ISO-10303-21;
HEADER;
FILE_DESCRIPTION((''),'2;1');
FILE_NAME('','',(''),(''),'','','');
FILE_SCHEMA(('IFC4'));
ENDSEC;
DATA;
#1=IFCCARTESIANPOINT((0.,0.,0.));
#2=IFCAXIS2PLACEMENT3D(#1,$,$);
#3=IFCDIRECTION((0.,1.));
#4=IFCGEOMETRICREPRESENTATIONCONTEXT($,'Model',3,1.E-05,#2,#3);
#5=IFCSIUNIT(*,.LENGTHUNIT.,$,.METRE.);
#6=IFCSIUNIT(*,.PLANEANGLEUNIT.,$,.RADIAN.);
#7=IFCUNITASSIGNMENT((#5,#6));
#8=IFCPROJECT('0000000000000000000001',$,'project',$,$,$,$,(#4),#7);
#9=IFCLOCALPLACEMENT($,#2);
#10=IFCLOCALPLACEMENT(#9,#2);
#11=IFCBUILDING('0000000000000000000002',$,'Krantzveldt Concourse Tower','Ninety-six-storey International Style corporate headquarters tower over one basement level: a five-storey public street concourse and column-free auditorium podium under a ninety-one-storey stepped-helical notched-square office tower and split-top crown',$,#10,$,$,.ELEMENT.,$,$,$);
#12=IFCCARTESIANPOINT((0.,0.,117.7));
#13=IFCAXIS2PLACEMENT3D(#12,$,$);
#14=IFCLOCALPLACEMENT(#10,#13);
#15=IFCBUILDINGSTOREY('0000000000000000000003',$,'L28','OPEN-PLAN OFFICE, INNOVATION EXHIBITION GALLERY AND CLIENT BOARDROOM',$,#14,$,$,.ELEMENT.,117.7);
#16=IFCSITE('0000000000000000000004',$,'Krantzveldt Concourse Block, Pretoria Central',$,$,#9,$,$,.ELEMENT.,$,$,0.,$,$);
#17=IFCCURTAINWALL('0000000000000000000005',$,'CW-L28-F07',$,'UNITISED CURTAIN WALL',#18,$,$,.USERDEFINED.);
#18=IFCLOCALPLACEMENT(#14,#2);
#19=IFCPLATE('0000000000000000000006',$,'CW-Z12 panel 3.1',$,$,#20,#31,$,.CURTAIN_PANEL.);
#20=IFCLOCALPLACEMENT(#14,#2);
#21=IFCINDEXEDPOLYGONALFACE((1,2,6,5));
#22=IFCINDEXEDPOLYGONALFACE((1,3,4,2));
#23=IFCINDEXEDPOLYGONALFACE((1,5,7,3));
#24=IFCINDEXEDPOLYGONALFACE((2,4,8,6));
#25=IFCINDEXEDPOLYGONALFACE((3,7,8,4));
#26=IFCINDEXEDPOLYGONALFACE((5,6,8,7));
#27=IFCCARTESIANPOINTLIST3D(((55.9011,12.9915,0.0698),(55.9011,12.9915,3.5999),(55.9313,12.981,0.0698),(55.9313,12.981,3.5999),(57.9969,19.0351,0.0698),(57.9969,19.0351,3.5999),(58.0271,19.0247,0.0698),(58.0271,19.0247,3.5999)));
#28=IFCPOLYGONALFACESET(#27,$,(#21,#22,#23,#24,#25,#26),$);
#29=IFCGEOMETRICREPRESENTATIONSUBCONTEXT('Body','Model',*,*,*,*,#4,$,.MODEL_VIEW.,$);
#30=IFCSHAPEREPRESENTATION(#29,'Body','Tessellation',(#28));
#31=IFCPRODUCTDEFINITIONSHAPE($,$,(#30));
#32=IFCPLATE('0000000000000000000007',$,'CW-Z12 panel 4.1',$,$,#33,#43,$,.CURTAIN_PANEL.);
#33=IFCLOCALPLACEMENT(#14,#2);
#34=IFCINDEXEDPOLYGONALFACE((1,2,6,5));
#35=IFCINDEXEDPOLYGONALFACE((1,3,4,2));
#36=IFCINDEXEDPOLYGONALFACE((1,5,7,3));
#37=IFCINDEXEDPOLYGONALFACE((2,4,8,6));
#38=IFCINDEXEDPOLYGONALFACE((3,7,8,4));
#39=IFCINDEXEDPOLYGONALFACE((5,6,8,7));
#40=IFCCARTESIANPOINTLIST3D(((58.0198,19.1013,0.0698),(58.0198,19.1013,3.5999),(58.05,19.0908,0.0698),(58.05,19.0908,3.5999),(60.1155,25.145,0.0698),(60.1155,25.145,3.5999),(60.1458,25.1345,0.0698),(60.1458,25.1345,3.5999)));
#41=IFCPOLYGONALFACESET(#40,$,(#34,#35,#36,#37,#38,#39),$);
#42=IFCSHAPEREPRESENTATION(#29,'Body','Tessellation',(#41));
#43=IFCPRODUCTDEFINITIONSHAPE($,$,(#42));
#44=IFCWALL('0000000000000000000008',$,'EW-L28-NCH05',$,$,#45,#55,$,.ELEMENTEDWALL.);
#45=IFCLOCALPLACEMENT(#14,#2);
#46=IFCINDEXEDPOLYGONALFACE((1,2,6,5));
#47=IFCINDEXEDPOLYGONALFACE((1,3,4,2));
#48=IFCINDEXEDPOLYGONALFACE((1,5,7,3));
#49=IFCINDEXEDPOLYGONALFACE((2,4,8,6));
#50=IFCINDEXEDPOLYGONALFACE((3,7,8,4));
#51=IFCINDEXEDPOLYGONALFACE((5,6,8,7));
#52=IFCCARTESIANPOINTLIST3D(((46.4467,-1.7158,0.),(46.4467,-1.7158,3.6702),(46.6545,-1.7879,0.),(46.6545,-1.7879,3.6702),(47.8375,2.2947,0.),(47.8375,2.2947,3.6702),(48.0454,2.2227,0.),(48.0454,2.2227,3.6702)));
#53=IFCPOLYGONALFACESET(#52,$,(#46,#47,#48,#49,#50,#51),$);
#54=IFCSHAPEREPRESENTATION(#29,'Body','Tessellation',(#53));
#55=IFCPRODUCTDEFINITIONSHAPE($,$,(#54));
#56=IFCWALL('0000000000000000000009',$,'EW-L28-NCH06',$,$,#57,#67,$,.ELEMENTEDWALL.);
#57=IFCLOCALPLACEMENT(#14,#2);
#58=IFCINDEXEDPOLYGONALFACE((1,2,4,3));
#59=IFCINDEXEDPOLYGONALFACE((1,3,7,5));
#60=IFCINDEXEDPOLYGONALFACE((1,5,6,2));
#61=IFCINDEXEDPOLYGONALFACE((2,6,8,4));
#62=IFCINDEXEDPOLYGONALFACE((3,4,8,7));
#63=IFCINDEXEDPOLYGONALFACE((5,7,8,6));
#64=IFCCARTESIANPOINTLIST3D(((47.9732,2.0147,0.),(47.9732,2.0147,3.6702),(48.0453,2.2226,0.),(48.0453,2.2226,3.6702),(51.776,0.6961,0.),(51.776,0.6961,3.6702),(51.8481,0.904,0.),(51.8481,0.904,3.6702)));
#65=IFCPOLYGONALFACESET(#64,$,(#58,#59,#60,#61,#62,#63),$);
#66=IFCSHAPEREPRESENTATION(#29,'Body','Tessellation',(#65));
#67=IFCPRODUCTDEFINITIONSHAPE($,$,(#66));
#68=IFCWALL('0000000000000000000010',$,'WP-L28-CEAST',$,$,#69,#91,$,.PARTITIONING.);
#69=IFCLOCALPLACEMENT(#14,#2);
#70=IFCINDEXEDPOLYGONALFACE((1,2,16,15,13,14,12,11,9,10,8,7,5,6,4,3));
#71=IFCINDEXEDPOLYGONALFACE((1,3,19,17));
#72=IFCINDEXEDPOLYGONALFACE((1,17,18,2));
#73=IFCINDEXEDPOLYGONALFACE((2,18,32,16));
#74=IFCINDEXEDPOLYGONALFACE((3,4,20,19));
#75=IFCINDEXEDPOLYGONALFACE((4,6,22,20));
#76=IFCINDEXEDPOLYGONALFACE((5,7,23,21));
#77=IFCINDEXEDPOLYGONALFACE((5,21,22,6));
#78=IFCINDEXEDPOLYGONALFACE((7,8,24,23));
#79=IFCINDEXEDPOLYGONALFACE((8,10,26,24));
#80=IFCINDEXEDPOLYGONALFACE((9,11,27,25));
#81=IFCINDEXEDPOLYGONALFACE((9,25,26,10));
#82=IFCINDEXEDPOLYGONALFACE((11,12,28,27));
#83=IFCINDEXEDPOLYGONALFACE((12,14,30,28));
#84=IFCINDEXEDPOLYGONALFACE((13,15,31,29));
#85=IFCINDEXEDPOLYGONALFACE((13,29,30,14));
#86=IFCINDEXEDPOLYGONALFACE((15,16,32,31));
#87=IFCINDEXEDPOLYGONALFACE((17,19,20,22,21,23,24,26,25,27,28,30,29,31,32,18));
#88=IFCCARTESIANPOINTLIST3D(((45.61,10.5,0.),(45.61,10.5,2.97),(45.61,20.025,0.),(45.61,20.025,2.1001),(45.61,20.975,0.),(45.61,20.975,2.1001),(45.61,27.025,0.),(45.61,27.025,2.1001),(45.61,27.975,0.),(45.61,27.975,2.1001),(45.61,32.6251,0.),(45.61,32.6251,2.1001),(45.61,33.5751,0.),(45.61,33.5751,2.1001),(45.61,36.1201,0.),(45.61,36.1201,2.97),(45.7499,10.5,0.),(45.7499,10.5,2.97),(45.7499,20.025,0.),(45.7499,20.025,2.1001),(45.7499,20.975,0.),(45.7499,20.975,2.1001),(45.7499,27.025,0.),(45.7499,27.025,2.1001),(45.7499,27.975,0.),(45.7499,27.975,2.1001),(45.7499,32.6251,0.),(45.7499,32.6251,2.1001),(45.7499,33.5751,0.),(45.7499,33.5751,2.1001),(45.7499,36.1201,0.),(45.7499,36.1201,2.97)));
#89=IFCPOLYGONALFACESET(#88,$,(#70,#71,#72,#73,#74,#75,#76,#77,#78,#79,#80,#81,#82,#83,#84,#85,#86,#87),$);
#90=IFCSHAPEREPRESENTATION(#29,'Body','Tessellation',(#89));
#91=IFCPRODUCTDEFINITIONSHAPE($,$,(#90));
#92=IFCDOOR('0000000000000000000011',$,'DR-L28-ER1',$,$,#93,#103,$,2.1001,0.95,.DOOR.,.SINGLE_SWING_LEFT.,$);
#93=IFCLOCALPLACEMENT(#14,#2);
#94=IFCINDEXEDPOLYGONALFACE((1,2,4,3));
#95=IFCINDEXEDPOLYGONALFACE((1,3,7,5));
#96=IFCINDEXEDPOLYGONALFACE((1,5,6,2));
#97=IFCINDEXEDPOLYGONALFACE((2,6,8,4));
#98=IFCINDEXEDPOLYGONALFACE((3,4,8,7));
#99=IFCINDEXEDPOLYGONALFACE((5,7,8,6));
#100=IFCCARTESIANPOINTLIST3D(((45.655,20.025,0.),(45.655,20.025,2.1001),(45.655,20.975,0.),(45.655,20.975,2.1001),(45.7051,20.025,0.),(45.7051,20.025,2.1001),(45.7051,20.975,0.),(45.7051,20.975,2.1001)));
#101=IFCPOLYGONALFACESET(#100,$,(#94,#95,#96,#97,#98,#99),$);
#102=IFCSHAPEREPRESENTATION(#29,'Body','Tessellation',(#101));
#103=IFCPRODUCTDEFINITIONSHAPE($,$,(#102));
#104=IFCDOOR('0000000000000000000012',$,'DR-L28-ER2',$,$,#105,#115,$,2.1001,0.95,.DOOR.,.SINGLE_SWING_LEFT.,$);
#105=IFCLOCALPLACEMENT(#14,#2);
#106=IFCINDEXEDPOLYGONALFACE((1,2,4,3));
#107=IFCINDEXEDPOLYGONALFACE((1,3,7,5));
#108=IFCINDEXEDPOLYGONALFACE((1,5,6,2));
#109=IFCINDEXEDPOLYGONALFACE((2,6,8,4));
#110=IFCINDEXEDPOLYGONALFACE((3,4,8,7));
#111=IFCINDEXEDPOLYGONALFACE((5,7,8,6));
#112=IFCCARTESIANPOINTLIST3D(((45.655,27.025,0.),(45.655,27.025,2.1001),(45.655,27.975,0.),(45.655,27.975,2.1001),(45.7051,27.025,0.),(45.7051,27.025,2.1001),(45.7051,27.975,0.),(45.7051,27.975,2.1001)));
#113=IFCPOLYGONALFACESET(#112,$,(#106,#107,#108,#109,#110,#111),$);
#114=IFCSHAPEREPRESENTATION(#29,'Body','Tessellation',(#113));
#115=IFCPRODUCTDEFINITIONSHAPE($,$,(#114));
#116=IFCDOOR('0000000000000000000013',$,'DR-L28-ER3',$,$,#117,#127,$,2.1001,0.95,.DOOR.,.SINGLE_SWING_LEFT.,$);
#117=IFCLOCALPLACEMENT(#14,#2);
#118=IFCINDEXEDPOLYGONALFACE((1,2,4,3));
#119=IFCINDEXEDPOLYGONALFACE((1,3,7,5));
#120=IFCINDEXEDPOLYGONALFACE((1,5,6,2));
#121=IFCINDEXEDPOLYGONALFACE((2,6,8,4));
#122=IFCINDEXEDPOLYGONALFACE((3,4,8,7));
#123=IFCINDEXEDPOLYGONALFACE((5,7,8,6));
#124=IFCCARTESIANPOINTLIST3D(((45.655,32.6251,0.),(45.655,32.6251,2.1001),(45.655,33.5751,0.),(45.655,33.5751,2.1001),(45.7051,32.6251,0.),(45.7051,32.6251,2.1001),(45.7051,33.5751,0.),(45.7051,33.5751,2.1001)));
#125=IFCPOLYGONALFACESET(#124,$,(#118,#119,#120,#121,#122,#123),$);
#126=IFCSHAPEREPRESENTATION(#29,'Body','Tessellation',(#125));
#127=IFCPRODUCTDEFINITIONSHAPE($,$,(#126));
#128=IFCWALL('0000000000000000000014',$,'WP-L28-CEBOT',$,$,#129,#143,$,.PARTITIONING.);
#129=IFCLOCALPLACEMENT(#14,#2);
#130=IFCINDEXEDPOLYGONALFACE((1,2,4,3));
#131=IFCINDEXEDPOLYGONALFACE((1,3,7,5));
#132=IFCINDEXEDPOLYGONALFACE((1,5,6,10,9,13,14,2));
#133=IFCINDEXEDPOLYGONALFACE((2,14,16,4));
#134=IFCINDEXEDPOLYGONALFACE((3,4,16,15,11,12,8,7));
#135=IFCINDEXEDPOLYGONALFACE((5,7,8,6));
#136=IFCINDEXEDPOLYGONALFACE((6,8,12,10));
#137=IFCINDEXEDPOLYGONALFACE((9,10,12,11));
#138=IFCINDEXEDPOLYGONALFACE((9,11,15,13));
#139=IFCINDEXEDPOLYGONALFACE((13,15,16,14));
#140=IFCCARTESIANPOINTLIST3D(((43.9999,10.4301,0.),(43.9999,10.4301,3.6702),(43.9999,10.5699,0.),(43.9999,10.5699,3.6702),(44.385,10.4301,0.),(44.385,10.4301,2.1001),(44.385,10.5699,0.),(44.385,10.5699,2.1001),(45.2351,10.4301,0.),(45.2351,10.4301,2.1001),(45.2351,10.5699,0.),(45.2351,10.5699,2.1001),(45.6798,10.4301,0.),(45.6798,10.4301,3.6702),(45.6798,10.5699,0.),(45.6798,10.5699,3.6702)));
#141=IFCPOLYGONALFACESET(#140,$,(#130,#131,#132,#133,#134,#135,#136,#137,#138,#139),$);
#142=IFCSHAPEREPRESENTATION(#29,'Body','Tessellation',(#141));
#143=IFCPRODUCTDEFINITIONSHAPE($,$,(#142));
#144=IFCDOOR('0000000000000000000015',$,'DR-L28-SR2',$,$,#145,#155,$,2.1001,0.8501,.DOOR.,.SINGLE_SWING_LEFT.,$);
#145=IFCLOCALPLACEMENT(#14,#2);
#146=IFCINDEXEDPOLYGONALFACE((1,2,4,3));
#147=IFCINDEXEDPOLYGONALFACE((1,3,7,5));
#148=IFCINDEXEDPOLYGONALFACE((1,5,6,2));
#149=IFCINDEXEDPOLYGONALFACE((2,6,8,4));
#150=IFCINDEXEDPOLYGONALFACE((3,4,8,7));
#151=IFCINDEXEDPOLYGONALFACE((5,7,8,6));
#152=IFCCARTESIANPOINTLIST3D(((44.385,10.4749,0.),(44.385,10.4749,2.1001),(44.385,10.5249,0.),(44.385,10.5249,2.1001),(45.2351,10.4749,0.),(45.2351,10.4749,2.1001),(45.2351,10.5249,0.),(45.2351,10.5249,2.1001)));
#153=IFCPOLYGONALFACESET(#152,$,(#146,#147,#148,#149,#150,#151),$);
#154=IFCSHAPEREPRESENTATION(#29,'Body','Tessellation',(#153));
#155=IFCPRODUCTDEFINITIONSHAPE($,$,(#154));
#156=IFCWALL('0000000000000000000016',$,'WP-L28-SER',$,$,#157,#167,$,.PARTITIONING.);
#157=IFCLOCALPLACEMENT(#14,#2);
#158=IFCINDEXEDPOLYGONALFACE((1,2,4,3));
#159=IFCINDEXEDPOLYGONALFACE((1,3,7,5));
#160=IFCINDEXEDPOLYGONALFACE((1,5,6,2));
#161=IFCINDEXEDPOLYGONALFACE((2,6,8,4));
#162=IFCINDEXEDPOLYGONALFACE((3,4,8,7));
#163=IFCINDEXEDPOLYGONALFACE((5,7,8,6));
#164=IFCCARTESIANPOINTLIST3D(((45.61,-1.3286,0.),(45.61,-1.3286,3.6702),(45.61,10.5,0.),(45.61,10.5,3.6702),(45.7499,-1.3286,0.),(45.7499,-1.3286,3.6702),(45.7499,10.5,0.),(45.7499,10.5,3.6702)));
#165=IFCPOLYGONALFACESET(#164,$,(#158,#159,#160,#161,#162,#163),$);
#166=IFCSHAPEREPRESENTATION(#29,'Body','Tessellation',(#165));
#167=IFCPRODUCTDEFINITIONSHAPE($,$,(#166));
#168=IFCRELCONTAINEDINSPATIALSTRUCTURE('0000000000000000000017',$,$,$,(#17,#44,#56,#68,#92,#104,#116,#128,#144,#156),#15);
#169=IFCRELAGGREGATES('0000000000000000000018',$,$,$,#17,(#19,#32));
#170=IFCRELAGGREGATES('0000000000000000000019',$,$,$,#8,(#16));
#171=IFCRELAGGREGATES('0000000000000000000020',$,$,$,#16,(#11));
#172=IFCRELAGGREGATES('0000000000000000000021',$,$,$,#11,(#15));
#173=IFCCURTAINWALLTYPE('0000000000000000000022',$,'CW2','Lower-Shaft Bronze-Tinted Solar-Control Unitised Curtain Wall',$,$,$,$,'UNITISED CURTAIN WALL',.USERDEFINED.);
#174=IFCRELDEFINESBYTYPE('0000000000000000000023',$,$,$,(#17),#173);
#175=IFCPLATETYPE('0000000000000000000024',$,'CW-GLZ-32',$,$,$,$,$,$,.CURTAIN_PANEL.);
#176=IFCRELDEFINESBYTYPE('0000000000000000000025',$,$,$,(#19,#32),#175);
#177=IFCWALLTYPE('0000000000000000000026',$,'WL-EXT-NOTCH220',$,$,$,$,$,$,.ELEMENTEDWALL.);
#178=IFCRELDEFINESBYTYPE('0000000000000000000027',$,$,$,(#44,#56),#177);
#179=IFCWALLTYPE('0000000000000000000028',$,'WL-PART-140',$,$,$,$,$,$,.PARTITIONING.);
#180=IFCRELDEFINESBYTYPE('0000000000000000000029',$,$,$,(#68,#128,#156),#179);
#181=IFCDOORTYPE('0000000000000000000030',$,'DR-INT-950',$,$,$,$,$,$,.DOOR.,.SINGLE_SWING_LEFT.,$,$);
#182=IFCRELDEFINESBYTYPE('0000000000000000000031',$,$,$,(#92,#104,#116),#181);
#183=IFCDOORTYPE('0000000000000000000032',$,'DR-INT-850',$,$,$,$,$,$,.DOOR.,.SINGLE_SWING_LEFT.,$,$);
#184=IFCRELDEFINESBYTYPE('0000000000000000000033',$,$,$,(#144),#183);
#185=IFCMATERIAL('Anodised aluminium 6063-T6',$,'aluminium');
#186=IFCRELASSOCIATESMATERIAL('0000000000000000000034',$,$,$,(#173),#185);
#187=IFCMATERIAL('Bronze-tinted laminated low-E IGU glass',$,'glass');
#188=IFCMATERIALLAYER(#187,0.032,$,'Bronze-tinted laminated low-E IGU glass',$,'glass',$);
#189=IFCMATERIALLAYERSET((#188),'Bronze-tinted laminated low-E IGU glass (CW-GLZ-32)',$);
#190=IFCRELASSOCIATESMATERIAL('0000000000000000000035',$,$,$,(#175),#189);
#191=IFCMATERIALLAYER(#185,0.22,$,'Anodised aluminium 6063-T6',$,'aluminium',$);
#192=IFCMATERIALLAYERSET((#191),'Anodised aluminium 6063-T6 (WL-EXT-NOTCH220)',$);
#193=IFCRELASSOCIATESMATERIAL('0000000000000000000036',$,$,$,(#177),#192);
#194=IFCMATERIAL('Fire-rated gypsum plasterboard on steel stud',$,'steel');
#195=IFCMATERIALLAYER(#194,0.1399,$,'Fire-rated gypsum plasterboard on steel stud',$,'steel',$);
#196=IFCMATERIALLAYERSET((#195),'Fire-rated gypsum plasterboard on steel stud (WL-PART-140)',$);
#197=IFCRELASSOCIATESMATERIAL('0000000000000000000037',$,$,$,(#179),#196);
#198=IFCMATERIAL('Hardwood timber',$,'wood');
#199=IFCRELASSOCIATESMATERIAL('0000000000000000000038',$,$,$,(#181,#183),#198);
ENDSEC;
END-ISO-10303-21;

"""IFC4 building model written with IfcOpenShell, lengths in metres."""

from ifc_helpers import new_model, si_unit, direction, frame, frame_2d, origin, origin_2d, place, context, subcontext, project, spatial, rectangle, extrude, source, transform, mapped, material, layer, layer_set, type_object, element, fill, aggregate, save


model = new_model("IFC4")

# Units and contexts
model_context = context("Model", 3, precision=1e-05, world=origin(), true_north=direction((0.0, 1.0)))
body_context = subcontext(model_context, "Body", "Model", "MODEL_VIEW")
ifc_project = project(units=[si_unit("LENGTHUNIT", "METRE"), si_unit("PLANEANGLEUNIT", "RADIAN")], contexts=[model_context])

# Site, building, storey
site_placement = place(None, origin())
site = spatial("IfcSite", under=ifc_project, at=site_placement, Name="Krantzveldt Concourse Block, Pretoria Central", CompositionType="ELEMENT", RefElevation=0.0)
building_placement = place(site_placement, origin())
building = spatial("IfcBuilding", under=site, at=building_placement, Name="Krantzveldt Concourse Tower", Description="Ninety-six-storey International Style corporate headquarters tower over one basement level: a five-storey public street concourse and column-free auditorium podium under a ninety-one-storey stepped-helical notched-square office tower and split-top crown", CompositionType="ELEMENT")
storey_placement = place(building_placement, frame((0.0, 0.0, 117.7)))
storey = spatial("IfcBuildingStorey", under=building, at=storey_placement, Name="L28", Description="OPEN-PLAN OFFICE, INNOVATION EXHIBITION GALLERY AND CLIENT BOARDROOM", CompositionType="ELEMENT", Elevation=117.7)

# Shared definitions
ifc_material_1 = material(Name="Anodised aluminium 6063-T6", Category="aluminium")
curtain_wall_type = type_object("IfcCurtainWallType", Name="CW2", Description="Lower-Shaft Bronze-Tinted Solar-Control Unitised Curtain Wall", ElementType="UNITISED CURTAIN WALL", PredefinedType="USERDEFINED", material=ifc_material_1)

# Curtain wall
curtain_wall_1_placement = place(storey_placement, origin())
curtain_wall_1 = element("IfcCurtainWall", 1, at=curtain_wall_1_placement, inside=storey, type_object=curtain_wall_type, Name="CW-L28-F07", ObjectType="UNITISED CURTAIN WALL", PredefinedType="USERDEFINED")

# Plates
ifc_material_2 = material(Name="Bronze-tinted laminated low-E IGU glass", Category="glass")
ifc_layer_1 = layer(ifc_material_2, 0.032, Name="Bronze-tinted laminated low-E IGU glass", Category="glass")
ifc_layer_set_1 = layer_set([ifc_layer_1], Name="Bronze-tinted laminated low-E IGU glass (CW-GLZ-32)")
plate_type = type_object("IfcPlateType", Name="CW-GLZ-32", PredefinedType="CURTAIN_PANEL", material=ifc_layer_set_1)
shared_shape_1 = source(origin(), body_context, "Body", "SweptSolid", [
    extrude(rectangle(XDim=6.3967, YDim=0.032, at=origin_2d()), origin(), (0.0, 0.0, 1.0), 3.53),
])
plate_1_placement = place(storey_placement, frame((56.9641, 16.0081, 0.0698), z_axis=(0.0, 0.0, 1.0), x_axis=(0.32763, 0.944806, 0.0)))
plate_1 = element("IfcPlate", 2, at=plate_1_placement, type_object=plate_type, Name="CW-Z12 panel 3.1", PredefinedType="CURTAIN_PANEL", context=body_context, shape_type="MappedRepresentation", body=[
    mapped(shared_shape_1, transform((0.0, 0.0, 0.0), x_axis=(1.0, 0.0, 0.0), y_axis=(0.0, 1.0, 0.0), z_axis=(0.0, 0.0, 1.0), scale=1.0)),
])
plate_2_placement = place(storey_placement, frame((59.0828, 22.1179, 0.0698), z_axis=(0.0, 0.0, 1.0), x_axis=(0.32763, 0.944806, 0.0)))
plate_2 = element("IfcPlate", 3, at=plate_2_placement, type_object=plate_type, Name="CW-Z12 panel 4.1", PredefinedType="CURTAIN_PANEL", context=body_context, shape_type="MappedRepresentation", body=[
    mapped(shared_shape_1, transform((0.0, 0.0, 0.0), x_axis=(1.0, 0.0, 0.0), y_axis=(0.0, 1.0, 0.0), z_axis=(0.0, 0.0, 1.0), scale=1.0)),
])
aggregate(curtain_wall_1, [plate_1, plate_2])

# Walls
ifc_layer_2 = layer(ifc_material_1, 0.22, Name="Anodised aluminium 6063-T6", Category="aluminium")
ifc_layer_set_2 = layer_set([ifc_layer_2], Name="Anodised aluminium 6063-T6 (WL-EXT-NOTCH220)")
wall_type_1 = type_object("IfcWallType", Name="WL-EXT-NOTCH220", PredefinedType="ELEMENTEDWALL", material=ifc_layer_set_2)
wall_1_placement = place(storey_placement, frame((46.5505, -1.752, 0.0), z_axis=(0.0, 0.0, 1.0), x_axis=(0.327662, 0.944795, 0.0)))
element("IfcWall", 4, at=wall_1_placement, inside=storey, type_object=wall_type_1, Name="EW-L28-NCH05", PredefinedType="ELEMENTEDWALL", context=body_context, shape_type="SweptSolid", body=[
    extrude(rectangle(XDim=4.2449, YDim=0.22, at=frame_2d((2.1226, 0.0))), origin(), (0.0, 0.0, 1.0), 3.6702),
])
wall_2_placement = place(storey_placement, frame((48.0093, 2.1187, 0.0), z_axis=(0.0, 0.0, 1.0), x_axis=(0.944811, -0.327615, 0.0)))
element("IfcWall", 5, at=wall_2_placement, inside=storey, type_object=wall_type_1, Name="EW-L28-NCH06", PredefinedType="ELEMENTEDWALL", context=body_context, shape_type="SweptSolid", body=[
    extrude(rectangle(XDim=4.0249, YDim=0.22, at=frame_2d((2.0125, 0.0))), origin(), (0.0, 0.0, 1.0), 3.6702),
])

# Wall, openings, doors
ifc_material_3 = material(Name="Fire-rated gypsum plasterboard on steel stud", Category="steel")
ifc_layer_3 = layer(ifc_material_3, 0.1399, Name="Fire-rated gypsum plasterboard on steel stud", Category="steel")
ifc_layer_set_3 = layer_set([ifc_layer_3], Name="Fire-rated gypsum plasterboard on steel stud (WL-PART-140)")
wall_type_2 = type_object("IfcWallType", Name="WL-PART-140", PredefinedType="PARTITIONING", material=ifc_layer_set_3)
wall_3_placement = place(storey_placement, frame((45.6799, 10.5, 0.0), z_axis=(0.0, 0.0, 1.0), x_axis=(0.0, 1.0, 0.0)))
wall_3 = element("IfcWall", 6, at=wall_3_placement, inside=storey, type_object=wall_type_2, Name="WP-L28-CEAST", PredefinedType="PARTITIONING", context=body_context, shape_type="SweptSolid", body=[
    extrude(rectangle(XDim=25.6201, YDim=0.1399, at=frame_2d((12.8101, 0.0))), origin(), (0.0, 0.0, 1.0), 2.97),
])
opening_1_placement = place(wall_3_placement, frame((9.5249, 0.0, 0.0)))
opening_1 = element("IfcOpeningElement", 7, at=opening_1_placement, cuts=wall_3, PredefinedType="OPENING", context=body_context, shape_type="SweptSolid", body=[
    extrude(rectangle(XDim=0.95, YDim=2.1001, at=frame_2d((0.4751, 1.05))), frame((0.0, 0.0801, 0.0), z_axis=(0.0, -1.0, 0.0), x_axis=(1.0, 0.0, 0.0)), (0.0, 0.0, 1.0), 0.1599),
])
opening_2_placement = place(wall_3_placement, frame((16.5249, 0.0, 0.0)))
opening_2 = element("IfcOpeningElement", 8, at=opening_2_placement, cuts=wall_3, PredefinedType="OPENING", context=body_context, shape_type="SweptSolid", body=[
    extrude(rectangle(XDim=0.95, YDim=2.1001, at=frame_2d((0.4751, 1.05))), frame((0.0, 0.0801, 0.0), z_axis=(0.0, -1.0, 0.0), x_axis=(1.0, 0.0, 0.0)), (0.0, 0.0, 1.0), 0.1599),
])
opening_3_placement = place(wall_3_placement, frame((22.125, 0.0, 0.0)))
opening_3 = element("IfcOpeningElement", 9, at=opening_3_placement, cuts=wall_3, PredefinedType="OPENING", context=body_context, shape_type="SweptSolid", body=[
    extrude(rectangle(XDim=0.95, YDim=2.1001, at=frame_2d((0.4751, 1.05))), frame((0.0, 0.0801, 0.0), z_axis=(0.0, -1.0, 0.0), x_axis=(1.0, 0.0, 0.0)), (0.0, 0.0, 1.0), 0.1599),
])
ifc_material_4 = material(Name="Hardwood timber", Category="wood")
door_type_1 = type_object("IfcDoorType", Name="DR-INT-950", OperationType="SINGLE_SWING_LEFT", PredefinedType="DOOR", material=ifc_material_4)
door_1_placement = place(opening_1_placement, origin())
door_1 = element("IfcDoor", 10, at=door_1_placement, inside=storey, type_object=door_type_1, Name="DR-L28-ER1", OperationType="SINGLE_SWING_LEFT", OverallHeight=2.1001, OverallWidth=0.95, PredefinedType="DOOR", context=body_context, shape_type="SweptSolid", body=[
    extrude(rectangle(XDim=0.95, YDim=2.1001, at=frame_2d((0.4751, 1.05))), frame((0.0, 0.0249, 0.0), z_axis=(0.0, -1.0, 0.0), x_axis=(1.0, 0.0, 0.0)), (0.0, 0.0, 1.0), 0.05),
])
fill(opening_1, door_1)
door_2_placement = place(opening_2_placement, origin())
door_2 = element("IfcDoor", 11, at=door_2_placement, inside=storey, type_object=door_type_1, Name="DR-L28-ER2", OperationType="SINGLE_SWING_LEFT", OverallHeight=2.1001, OverallWidth=0.95, PredefinedType="DOOR", context=body_context, shape_type="SweptSolid", body=[
    extrude(rectangle(XDim=0.95, YDim=2.1001, at=frame_2d((0.4751, 1.05))), frame((0.0, 0.0249, 0.0), z_axis=(0.0, -1.0, 0.0), x_axis=(1.0, 0.0, 0.0)), (0.0, 0.0, 1.0), 0.05),
])
fill(opening_2, door_2)
door_3_placement = place(opening_3_placement, origin())
door_3 = element("IfcDoor", 12, at=door_3_placement, inside=storey, type_object=door_type_1, Name="DR-L28-ER3", OperationType="SINGLE_SWING_LEFT", OverallHeight=2.1001, OverallWidth=0.95, PredefinedType="DOOR", context=body_context, shape_type="SweptSolid", body=[
    extrude(rectangle(XDim=0.95, YDim=2.1001, at=frame_2d((0.4751, 1.05))), frame((0.0, 0.0249, 0.0), z_axis=(0.0, -1.0, 0.0), x_axis=(1.0, 0.0, 0.0)), (0.0, 0.0, 1.0), 0.05),
])
fill(opening_3, door_3)

# Wall, opening, door
wall_4_placement = place(storey_placement, frame((44.0, 10.5, 0.0), z_axis=(0.0, 0.0, 1.0), x_axis=(1.0, 0.0, 0.0)))
wall_4 = element("IfcWall", 13, at=wall_4_placement, inside=storey, type_object=wall_type_2, Name="WP-L28-CEBOT", PredefinedType="PARTITIONING", context=body_context, shape_type="SweptSolid", body=[
    extrude(rectangle(XDim=1.6799, YDim=0.1399, at=frame_2d((0.8398, 0.0))), origin(), (0.0, 0.0, 1.0), 3.6702),
])
opening_4_placement = place(wall_4_placement, frame((0.385, 0.0, 0.0)))
opening_4 = element("IfcOpeningElement", 14, at=opening_4_placement, cuts=wall_4, PredefinedType="OPENING", context=body_context, shape_type="SweptSolid", body=[
    extrude(rectangle(XDim=0.8501, YDim=2.1001, at=frame_2d((0.425, 1.05))), frame((0.0, 0.0801, 0.0), z_axis=(0.0, -1.0, 0.0), x_axis=(1.0, 0.0, 0.0)), (0.0, 0.0, 1.0), 0.1599),
])
door_type_2 = type_object("IfcDoorType", Name="DR-INT-850", OperationType="SINGLE_SWING_LEFT", PredefinedType="DOOR", material=ifc_material_4)
door_4_placement = place(opening_4_placement, origin())
door_4 = element("IfcDoor", 15, at=door_4_placement, inside=storey, type_object=door_type_2, Name="DR-L28-SR2", OperationType="SINGLE_SWING_LEFT", OverallHeight=2.1001, OverallWidth=0.8501, PredefinedType="DOOR", context=body_context, shape_type="SweptSolid", body=[
    extrude(rectangle(XDim=0.8501, YDim=2.1001, at=frame_2d((0.425, 1.05))), frame((0.0, 0.0249, 0.0), z_axis=(0.0, -1.0, 0.0), x_axis=(1.0, 0.0, 0.0)), (0.0, 0.0, 1.0), 0.05),
])
fill(opening_4, door_4)

# Wall
wall_5_placement = place(storey_placement, frame((45.6799, -1.3286, 0.0), z_axis=(0.0, 0.0, 1.0), x_axis=(0.0, 1.0, 0.0)))
element("IfcWall", 16, at=wall_5_placement, inside=storey, type_object=wall_type_2, Name="WP-L28-SER", PredefinedType="PARTITIONING", context=body_context, shape_type="SweptSolid", body=[
    extrude(rectangle(XDim=11.8286, YDim=0.1399, at=frame_2d((5.9143, 0.0))), origin(), (0.0, 0.0, 1.0), 3.6702),
])

save(model, "model.ifc")
